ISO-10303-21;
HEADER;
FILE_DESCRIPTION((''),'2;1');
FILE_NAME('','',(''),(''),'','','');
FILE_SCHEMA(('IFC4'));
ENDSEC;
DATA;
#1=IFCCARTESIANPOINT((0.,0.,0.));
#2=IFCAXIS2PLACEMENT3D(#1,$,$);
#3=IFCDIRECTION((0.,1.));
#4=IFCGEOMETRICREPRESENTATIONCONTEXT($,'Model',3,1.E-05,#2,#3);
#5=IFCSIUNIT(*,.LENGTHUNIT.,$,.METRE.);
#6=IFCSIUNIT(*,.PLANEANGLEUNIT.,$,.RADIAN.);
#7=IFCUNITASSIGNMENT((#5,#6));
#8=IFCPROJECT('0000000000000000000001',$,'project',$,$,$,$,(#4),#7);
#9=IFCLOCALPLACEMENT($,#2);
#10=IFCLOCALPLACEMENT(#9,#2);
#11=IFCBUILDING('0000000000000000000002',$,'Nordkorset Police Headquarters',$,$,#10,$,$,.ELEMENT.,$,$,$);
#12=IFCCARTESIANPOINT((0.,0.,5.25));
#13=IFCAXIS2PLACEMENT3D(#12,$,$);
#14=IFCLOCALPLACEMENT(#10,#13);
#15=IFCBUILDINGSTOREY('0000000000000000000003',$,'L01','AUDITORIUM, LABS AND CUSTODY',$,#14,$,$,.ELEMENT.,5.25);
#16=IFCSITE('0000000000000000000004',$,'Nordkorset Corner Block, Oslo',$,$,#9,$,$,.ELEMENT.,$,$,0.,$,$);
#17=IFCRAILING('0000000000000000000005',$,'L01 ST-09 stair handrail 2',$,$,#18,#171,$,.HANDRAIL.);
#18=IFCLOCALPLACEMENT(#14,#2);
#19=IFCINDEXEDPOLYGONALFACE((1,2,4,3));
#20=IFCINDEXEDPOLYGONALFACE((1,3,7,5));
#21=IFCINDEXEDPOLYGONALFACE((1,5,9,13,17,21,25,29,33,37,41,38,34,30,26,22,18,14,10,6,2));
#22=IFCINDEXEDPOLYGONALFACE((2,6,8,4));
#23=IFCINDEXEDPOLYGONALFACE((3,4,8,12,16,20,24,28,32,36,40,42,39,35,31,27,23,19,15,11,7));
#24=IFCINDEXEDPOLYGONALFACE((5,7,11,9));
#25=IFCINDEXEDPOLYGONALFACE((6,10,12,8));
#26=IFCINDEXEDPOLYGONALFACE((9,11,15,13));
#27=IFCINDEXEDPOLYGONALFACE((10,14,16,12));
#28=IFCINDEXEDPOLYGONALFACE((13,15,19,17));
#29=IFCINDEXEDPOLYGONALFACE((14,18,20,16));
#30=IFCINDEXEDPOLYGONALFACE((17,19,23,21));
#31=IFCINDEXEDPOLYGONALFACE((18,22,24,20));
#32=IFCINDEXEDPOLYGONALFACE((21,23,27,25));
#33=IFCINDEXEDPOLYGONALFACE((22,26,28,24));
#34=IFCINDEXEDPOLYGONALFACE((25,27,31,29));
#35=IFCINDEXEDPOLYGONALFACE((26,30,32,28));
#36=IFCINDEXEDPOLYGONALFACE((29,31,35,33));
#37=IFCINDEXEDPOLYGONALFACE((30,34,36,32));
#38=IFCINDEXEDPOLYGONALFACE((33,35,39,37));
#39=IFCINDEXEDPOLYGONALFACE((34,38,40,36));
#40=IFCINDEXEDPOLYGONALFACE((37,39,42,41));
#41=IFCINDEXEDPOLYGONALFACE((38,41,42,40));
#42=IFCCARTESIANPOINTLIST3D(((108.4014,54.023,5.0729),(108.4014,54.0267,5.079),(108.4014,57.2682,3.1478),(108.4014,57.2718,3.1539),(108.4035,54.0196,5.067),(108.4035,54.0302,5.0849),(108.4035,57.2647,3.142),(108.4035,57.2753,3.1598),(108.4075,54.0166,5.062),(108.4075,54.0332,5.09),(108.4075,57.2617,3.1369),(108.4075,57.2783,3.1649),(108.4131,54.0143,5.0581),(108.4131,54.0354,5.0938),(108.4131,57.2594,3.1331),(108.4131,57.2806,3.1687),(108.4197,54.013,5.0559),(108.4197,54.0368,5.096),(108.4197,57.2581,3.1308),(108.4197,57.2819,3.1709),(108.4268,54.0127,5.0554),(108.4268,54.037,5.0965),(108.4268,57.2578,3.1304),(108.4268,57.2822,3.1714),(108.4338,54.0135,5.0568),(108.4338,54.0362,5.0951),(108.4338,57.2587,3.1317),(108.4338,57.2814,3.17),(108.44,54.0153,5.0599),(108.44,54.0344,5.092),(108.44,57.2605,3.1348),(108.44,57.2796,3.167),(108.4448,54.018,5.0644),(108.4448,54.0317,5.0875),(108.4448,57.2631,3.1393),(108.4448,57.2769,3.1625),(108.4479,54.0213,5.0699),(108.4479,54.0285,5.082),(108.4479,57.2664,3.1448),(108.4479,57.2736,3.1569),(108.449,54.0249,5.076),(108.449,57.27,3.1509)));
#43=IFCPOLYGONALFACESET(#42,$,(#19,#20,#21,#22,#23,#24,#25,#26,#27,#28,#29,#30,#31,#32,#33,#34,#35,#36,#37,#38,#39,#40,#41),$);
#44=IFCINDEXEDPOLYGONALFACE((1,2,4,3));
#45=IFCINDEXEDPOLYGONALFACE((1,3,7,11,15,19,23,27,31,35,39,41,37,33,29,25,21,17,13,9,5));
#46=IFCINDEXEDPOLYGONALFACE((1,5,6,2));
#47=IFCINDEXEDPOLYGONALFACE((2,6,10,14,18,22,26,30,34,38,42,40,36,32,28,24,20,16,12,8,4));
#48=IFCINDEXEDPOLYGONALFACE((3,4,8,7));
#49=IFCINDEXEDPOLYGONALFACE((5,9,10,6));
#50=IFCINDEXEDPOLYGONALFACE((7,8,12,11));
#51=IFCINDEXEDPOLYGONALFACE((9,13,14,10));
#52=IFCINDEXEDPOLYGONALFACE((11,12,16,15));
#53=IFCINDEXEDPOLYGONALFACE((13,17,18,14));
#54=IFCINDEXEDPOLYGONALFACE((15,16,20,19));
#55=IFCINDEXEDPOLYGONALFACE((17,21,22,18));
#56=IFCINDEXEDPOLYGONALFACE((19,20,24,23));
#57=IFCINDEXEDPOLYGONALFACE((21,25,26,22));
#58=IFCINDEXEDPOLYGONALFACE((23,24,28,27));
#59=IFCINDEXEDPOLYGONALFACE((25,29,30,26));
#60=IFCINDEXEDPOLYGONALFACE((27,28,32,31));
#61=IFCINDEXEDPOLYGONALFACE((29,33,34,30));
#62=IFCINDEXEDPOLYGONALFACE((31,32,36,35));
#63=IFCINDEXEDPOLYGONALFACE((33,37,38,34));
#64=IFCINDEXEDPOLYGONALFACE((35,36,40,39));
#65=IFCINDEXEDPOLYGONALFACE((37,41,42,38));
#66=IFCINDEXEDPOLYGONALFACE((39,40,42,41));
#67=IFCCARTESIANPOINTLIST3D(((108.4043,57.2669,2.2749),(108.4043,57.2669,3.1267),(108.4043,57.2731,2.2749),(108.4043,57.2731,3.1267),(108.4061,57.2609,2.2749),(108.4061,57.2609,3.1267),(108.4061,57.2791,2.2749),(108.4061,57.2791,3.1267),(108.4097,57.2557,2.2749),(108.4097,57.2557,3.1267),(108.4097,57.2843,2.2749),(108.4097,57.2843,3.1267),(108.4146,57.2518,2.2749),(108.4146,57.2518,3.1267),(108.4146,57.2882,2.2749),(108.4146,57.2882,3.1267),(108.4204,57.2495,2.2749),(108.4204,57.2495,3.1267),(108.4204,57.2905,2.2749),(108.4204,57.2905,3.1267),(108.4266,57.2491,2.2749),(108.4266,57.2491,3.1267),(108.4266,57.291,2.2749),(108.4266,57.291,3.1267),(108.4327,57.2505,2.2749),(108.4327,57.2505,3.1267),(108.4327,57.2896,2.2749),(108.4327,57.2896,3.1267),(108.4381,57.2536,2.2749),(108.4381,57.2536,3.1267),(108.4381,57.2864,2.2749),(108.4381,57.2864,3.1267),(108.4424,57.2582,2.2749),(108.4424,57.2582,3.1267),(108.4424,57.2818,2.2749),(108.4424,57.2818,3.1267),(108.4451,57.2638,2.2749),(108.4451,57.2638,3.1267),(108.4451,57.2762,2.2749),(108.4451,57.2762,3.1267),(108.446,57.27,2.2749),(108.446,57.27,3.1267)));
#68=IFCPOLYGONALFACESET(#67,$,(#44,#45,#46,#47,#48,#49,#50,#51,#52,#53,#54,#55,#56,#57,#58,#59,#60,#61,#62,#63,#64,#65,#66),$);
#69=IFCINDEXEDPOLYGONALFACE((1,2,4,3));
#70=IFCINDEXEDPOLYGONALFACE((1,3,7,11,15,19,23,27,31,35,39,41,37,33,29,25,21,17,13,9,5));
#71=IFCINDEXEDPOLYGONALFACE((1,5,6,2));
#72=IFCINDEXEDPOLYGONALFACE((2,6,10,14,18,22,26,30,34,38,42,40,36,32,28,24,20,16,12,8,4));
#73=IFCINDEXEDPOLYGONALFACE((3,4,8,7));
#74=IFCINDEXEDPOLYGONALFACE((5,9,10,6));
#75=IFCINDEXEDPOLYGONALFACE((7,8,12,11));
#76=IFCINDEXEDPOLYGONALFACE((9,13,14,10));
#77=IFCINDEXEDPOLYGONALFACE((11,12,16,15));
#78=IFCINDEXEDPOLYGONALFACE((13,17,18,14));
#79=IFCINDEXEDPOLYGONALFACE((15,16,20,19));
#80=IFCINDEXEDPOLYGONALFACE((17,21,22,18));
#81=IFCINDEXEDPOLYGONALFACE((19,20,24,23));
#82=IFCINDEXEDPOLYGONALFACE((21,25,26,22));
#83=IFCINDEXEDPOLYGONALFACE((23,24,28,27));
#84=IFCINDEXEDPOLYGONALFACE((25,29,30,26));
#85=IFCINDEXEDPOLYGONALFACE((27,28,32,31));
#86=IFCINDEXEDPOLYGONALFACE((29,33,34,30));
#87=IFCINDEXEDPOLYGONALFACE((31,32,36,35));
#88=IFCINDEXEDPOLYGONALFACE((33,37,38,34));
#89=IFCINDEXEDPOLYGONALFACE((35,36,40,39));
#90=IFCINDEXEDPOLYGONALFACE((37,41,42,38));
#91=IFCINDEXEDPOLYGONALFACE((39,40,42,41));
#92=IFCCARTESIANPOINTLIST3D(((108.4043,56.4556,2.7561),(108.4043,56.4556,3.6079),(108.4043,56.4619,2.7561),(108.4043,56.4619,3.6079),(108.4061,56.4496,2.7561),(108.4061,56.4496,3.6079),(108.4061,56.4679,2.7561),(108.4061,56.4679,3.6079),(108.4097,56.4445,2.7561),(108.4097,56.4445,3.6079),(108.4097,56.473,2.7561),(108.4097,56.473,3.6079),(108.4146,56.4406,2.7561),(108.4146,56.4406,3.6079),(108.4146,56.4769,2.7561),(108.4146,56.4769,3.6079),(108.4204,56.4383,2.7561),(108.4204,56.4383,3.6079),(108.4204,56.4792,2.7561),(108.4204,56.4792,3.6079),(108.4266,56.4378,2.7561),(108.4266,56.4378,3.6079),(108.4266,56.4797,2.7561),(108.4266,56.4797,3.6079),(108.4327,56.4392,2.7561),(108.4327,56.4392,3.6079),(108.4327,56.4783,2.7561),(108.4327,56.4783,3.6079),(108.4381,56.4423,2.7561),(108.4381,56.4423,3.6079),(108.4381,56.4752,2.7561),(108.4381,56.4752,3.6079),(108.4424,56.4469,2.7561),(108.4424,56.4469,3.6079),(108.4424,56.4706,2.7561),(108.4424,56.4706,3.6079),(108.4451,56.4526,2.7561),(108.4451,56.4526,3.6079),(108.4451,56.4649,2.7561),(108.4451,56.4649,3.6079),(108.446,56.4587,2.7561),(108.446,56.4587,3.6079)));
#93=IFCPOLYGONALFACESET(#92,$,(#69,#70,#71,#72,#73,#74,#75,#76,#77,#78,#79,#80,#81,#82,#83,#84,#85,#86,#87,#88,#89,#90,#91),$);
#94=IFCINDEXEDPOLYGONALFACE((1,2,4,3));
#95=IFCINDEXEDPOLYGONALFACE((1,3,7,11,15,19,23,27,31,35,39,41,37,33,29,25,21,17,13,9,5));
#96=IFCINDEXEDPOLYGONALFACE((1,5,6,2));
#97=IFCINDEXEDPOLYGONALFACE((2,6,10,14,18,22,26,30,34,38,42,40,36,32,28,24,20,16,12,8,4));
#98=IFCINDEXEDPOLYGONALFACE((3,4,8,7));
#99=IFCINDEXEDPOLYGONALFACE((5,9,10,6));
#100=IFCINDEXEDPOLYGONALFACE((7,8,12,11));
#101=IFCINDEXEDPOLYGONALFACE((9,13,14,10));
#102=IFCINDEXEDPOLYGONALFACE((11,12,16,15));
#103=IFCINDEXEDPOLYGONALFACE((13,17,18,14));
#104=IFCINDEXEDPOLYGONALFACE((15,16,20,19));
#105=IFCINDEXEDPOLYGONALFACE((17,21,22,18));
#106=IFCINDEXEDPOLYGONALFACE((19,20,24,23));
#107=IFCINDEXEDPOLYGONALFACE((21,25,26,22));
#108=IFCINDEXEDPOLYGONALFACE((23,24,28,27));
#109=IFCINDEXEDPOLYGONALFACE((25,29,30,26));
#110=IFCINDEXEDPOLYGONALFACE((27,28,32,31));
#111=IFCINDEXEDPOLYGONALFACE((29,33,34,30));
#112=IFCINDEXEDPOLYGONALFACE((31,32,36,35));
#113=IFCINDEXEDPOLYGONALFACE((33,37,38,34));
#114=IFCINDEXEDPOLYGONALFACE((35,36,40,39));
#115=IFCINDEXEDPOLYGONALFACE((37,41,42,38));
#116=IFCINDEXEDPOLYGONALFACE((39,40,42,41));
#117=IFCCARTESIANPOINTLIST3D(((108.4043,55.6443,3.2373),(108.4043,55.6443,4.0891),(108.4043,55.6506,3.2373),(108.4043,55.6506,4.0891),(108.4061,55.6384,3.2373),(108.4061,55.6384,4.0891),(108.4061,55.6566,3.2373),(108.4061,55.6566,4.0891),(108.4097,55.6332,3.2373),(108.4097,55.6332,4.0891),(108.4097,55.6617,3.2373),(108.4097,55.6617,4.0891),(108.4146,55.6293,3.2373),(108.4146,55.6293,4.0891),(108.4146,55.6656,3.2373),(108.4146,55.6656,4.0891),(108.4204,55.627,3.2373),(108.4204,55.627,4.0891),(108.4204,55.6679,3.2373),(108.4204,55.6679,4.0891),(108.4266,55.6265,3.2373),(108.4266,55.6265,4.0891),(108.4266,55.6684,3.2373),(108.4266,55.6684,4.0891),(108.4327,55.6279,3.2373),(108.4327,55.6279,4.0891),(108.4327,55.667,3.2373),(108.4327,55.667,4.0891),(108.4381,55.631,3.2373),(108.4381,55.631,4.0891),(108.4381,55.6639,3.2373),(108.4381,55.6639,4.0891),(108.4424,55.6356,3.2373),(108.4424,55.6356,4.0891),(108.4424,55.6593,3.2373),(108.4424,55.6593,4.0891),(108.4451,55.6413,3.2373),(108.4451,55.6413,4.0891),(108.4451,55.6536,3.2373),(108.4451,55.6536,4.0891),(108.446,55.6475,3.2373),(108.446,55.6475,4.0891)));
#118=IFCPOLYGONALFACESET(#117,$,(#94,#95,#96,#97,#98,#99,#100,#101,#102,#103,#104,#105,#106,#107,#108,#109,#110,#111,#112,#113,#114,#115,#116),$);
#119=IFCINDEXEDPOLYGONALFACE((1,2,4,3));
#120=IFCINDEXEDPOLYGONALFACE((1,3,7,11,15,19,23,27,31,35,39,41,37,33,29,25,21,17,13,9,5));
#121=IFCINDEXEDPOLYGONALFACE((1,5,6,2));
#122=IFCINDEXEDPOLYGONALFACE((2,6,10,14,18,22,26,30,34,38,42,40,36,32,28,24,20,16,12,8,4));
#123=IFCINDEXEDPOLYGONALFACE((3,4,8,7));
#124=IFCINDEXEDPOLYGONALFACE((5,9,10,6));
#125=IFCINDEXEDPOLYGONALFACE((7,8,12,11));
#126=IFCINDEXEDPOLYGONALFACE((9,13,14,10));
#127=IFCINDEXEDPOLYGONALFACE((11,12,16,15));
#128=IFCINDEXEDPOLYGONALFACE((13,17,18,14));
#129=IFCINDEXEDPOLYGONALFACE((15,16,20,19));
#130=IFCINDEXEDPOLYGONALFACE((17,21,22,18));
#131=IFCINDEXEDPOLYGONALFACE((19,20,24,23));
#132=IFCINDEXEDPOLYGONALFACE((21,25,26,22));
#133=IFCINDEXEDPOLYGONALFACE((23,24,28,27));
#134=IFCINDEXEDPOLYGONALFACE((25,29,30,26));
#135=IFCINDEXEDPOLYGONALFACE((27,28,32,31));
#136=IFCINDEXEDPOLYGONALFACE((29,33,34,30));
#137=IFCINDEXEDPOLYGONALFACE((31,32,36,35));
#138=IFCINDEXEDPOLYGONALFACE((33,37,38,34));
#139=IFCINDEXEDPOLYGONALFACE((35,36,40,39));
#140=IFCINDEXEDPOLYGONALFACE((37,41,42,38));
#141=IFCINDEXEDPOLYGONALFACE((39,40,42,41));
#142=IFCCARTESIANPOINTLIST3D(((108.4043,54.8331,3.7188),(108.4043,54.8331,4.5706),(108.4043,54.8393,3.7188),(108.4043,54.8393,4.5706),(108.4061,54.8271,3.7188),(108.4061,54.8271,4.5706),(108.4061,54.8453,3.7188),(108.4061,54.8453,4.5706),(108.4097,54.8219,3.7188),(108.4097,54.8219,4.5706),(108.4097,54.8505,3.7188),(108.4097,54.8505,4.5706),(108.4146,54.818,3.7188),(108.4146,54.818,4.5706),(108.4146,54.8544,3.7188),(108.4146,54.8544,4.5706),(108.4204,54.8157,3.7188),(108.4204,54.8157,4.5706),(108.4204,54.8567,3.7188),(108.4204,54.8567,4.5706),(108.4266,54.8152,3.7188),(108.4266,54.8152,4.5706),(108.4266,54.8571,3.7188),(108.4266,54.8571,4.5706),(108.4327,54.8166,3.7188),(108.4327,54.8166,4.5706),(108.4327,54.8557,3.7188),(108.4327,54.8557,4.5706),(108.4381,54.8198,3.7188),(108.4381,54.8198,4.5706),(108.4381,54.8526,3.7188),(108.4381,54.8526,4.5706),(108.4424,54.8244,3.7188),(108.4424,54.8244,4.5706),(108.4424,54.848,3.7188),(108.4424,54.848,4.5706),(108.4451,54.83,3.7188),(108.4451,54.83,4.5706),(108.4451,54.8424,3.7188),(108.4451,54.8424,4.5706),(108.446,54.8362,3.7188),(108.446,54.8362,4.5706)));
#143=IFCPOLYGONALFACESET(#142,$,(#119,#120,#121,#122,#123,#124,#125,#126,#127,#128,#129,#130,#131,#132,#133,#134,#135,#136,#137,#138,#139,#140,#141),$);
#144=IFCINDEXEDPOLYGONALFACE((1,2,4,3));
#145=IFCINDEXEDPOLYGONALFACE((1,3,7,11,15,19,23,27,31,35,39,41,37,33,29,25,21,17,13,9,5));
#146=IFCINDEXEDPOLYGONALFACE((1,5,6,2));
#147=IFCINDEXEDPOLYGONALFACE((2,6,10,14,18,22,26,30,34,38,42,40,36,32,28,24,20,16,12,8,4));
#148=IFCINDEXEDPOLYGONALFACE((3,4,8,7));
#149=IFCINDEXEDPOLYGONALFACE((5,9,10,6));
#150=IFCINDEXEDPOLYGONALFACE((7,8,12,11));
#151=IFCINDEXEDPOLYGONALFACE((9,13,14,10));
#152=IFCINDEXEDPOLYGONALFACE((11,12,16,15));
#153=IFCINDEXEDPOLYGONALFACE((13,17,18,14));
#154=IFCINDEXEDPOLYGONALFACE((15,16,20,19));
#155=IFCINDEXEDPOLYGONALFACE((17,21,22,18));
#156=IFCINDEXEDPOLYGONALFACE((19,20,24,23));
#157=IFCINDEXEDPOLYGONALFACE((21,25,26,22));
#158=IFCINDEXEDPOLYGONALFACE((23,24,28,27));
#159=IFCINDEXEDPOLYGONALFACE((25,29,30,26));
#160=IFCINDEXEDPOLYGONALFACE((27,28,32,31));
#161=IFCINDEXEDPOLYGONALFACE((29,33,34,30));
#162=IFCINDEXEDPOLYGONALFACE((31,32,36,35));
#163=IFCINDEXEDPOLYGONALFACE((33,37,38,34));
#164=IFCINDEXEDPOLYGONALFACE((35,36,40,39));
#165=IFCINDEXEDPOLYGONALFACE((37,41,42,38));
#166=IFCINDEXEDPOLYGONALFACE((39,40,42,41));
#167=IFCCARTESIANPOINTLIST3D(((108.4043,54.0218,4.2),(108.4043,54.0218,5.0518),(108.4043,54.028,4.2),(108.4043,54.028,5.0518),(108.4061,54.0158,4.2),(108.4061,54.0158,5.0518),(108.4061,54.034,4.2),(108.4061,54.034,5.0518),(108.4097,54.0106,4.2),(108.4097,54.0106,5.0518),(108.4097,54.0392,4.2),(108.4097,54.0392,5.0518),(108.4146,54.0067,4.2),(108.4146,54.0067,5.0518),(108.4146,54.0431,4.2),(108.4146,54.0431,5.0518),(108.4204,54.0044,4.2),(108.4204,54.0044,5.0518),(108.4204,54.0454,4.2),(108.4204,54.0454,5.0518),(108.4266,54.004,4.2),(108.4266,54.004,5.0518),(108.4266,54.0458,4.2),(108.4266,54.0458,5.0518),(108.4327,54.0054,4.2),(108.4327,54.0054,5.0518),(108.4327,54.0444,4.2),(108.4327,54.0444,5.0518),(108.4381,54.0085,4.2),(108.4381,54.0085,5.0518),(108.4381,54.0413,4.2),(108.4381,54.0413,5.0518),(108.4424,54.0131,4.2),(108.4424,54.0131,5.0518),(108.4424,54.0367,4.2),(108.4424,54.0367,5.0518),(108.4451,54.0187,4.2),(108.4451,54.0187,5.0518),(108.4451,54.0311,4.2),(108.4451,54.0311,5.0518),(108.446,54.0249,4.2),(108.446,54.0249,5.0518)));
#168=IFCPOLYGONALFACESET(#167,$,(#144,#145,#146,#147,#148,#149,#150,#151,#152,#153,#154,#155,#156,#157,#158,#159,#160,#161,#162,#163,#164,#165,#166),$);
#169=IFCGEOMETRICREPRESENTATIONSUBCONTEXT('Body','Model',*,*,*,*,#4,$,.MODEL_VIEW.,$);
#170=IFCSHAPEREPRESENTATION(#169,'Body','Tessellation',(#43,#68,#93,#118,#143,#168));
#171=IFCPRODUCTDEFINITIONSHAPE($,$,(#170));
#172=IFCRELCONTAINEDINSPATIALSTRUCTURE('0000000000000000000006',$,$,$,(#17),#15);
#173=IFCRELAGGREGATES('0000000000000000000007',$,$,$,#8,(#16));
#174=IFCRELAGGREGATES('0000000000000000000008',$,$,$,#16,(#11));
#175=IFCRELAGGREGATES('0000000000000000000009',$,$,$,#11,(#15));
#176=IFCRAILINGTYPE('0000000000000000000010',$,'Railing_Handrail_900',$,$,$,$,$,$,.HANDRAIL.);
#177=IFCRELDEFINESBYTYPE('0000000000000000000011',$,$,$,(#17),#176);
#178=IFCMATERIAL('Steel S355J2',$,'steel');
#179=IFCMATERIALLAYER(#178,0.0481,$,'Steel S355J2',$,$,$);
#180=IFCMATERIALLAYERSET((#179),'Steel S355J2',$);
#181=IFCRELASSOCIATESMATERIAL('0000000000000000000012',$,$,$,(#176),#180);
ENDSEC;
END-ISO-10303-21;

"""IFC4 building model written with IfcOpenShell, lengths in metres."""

from ifc_helpers import new_model, si_unit, direction, frame, origin, origin_2d, place, context, subcontext, project, spatial, circle, extrude, material, layer, layer_set, type_object, element, save


model = new_model("IFC4")

# Units and contexts
model_context = context("Model", 3, precision=1e-05, world=origin(), true_north=direction((0.0, 1.0)))
body_context = subcontext(model_context, "Body", "Model", "MODEL_VIEW")
ifc_project = project(units=[si_unit("LENGTHUNIT", "METRE"), si_unit("PLANEANGLEUNIT", "RADIAN")], contexts=[model_context])

# Site, building, storey
site_placement = place(None, origin())
site = spatial("IfcSite", under=ifc_project, at=site_placement, Name="Nordkorset Corner Block, Oslo", CompositionType="ELEMENT", RefElevation=0.0)
building_placement = place(site_placement, origin())
building = spatial("IfcBuilding", under=site, at=building_placement, Name="Nordkorset Police Headquarters", CompositionType="ELEMENT")
storey_placement = place(building_placement, frame((0.0, 0.0, 5.25)))
storey = spatial("IfcBuildingStorey", under=building, at=storey_placement, Name="L01", Description="AUDITORIUM, LABS AND CUSTODY", CompositionType="ELEMENT", Elevation=5.25)

# Railing
ifc_material_1 = material(Name="Steel S355J2", Category="steel")
ifc_layer_1 = layer(ifc_material_1, 0.0481, Name="Steel S355J2")
ifc_layer_set_1 = layer_set([ifc_layer_1], Name="Steel S355J2")
railing_type_1 = type_object("IfcRailingType", Name="Railing_Handrail_900", PredefinedType="HANDRAIL", material=ifc_layer_set_1)
railing_1_placement = place(storey_placement, frame((108.425, 57.27, 2.2749)))
element("IfcRailing", 1, at=railing_1_placement, inside=storey, type_object=railing_type_1, Name="L01 ST-09 stair handrail 2", PredefinedType="HANDRAIL", context=body_context, shape_type="SweptSolid", body=[
    extrude(circle(Radius=0.0239, at=origin_2d()), frame((0.0, 0.0, 0.876), z_axis=(0.0, -0.860057, 0.510198), x_axis=(1.0, 0.0, 0.0)), (0.0, 0.0, 1.0), 3.7732),
    extrude(circle(Radius=0.021, at=origin_2d()), origin(), (0.0, 0.0, 1.0), 0.8518),
    extrude(circle(Radius=0.021, at=origin_2d()), frame((0.0, -0.8113, 0.4812)), (0.0, 0.0, 1.0), 0.8518),
    extrude(circle(Radius=0.021, at=origin_2d()), frame((0.0, -1.6226, 0.9624)), (0.0, 0.0, 1.0), 0.8518),
    extrude(circle(Radius=0.021, at=origin_2d()), frame((0.0, -2.4338, 1.4438)), (0.0, 0.0, 1.0), 0.8518),
    extrude(circle(Radius=0.021, at=origin_2d()), frame((0.0, -3.2451, 1.925)), (0.0, 0.0, 1.0), 0.8518),
])

save(model, "model.ifc")
